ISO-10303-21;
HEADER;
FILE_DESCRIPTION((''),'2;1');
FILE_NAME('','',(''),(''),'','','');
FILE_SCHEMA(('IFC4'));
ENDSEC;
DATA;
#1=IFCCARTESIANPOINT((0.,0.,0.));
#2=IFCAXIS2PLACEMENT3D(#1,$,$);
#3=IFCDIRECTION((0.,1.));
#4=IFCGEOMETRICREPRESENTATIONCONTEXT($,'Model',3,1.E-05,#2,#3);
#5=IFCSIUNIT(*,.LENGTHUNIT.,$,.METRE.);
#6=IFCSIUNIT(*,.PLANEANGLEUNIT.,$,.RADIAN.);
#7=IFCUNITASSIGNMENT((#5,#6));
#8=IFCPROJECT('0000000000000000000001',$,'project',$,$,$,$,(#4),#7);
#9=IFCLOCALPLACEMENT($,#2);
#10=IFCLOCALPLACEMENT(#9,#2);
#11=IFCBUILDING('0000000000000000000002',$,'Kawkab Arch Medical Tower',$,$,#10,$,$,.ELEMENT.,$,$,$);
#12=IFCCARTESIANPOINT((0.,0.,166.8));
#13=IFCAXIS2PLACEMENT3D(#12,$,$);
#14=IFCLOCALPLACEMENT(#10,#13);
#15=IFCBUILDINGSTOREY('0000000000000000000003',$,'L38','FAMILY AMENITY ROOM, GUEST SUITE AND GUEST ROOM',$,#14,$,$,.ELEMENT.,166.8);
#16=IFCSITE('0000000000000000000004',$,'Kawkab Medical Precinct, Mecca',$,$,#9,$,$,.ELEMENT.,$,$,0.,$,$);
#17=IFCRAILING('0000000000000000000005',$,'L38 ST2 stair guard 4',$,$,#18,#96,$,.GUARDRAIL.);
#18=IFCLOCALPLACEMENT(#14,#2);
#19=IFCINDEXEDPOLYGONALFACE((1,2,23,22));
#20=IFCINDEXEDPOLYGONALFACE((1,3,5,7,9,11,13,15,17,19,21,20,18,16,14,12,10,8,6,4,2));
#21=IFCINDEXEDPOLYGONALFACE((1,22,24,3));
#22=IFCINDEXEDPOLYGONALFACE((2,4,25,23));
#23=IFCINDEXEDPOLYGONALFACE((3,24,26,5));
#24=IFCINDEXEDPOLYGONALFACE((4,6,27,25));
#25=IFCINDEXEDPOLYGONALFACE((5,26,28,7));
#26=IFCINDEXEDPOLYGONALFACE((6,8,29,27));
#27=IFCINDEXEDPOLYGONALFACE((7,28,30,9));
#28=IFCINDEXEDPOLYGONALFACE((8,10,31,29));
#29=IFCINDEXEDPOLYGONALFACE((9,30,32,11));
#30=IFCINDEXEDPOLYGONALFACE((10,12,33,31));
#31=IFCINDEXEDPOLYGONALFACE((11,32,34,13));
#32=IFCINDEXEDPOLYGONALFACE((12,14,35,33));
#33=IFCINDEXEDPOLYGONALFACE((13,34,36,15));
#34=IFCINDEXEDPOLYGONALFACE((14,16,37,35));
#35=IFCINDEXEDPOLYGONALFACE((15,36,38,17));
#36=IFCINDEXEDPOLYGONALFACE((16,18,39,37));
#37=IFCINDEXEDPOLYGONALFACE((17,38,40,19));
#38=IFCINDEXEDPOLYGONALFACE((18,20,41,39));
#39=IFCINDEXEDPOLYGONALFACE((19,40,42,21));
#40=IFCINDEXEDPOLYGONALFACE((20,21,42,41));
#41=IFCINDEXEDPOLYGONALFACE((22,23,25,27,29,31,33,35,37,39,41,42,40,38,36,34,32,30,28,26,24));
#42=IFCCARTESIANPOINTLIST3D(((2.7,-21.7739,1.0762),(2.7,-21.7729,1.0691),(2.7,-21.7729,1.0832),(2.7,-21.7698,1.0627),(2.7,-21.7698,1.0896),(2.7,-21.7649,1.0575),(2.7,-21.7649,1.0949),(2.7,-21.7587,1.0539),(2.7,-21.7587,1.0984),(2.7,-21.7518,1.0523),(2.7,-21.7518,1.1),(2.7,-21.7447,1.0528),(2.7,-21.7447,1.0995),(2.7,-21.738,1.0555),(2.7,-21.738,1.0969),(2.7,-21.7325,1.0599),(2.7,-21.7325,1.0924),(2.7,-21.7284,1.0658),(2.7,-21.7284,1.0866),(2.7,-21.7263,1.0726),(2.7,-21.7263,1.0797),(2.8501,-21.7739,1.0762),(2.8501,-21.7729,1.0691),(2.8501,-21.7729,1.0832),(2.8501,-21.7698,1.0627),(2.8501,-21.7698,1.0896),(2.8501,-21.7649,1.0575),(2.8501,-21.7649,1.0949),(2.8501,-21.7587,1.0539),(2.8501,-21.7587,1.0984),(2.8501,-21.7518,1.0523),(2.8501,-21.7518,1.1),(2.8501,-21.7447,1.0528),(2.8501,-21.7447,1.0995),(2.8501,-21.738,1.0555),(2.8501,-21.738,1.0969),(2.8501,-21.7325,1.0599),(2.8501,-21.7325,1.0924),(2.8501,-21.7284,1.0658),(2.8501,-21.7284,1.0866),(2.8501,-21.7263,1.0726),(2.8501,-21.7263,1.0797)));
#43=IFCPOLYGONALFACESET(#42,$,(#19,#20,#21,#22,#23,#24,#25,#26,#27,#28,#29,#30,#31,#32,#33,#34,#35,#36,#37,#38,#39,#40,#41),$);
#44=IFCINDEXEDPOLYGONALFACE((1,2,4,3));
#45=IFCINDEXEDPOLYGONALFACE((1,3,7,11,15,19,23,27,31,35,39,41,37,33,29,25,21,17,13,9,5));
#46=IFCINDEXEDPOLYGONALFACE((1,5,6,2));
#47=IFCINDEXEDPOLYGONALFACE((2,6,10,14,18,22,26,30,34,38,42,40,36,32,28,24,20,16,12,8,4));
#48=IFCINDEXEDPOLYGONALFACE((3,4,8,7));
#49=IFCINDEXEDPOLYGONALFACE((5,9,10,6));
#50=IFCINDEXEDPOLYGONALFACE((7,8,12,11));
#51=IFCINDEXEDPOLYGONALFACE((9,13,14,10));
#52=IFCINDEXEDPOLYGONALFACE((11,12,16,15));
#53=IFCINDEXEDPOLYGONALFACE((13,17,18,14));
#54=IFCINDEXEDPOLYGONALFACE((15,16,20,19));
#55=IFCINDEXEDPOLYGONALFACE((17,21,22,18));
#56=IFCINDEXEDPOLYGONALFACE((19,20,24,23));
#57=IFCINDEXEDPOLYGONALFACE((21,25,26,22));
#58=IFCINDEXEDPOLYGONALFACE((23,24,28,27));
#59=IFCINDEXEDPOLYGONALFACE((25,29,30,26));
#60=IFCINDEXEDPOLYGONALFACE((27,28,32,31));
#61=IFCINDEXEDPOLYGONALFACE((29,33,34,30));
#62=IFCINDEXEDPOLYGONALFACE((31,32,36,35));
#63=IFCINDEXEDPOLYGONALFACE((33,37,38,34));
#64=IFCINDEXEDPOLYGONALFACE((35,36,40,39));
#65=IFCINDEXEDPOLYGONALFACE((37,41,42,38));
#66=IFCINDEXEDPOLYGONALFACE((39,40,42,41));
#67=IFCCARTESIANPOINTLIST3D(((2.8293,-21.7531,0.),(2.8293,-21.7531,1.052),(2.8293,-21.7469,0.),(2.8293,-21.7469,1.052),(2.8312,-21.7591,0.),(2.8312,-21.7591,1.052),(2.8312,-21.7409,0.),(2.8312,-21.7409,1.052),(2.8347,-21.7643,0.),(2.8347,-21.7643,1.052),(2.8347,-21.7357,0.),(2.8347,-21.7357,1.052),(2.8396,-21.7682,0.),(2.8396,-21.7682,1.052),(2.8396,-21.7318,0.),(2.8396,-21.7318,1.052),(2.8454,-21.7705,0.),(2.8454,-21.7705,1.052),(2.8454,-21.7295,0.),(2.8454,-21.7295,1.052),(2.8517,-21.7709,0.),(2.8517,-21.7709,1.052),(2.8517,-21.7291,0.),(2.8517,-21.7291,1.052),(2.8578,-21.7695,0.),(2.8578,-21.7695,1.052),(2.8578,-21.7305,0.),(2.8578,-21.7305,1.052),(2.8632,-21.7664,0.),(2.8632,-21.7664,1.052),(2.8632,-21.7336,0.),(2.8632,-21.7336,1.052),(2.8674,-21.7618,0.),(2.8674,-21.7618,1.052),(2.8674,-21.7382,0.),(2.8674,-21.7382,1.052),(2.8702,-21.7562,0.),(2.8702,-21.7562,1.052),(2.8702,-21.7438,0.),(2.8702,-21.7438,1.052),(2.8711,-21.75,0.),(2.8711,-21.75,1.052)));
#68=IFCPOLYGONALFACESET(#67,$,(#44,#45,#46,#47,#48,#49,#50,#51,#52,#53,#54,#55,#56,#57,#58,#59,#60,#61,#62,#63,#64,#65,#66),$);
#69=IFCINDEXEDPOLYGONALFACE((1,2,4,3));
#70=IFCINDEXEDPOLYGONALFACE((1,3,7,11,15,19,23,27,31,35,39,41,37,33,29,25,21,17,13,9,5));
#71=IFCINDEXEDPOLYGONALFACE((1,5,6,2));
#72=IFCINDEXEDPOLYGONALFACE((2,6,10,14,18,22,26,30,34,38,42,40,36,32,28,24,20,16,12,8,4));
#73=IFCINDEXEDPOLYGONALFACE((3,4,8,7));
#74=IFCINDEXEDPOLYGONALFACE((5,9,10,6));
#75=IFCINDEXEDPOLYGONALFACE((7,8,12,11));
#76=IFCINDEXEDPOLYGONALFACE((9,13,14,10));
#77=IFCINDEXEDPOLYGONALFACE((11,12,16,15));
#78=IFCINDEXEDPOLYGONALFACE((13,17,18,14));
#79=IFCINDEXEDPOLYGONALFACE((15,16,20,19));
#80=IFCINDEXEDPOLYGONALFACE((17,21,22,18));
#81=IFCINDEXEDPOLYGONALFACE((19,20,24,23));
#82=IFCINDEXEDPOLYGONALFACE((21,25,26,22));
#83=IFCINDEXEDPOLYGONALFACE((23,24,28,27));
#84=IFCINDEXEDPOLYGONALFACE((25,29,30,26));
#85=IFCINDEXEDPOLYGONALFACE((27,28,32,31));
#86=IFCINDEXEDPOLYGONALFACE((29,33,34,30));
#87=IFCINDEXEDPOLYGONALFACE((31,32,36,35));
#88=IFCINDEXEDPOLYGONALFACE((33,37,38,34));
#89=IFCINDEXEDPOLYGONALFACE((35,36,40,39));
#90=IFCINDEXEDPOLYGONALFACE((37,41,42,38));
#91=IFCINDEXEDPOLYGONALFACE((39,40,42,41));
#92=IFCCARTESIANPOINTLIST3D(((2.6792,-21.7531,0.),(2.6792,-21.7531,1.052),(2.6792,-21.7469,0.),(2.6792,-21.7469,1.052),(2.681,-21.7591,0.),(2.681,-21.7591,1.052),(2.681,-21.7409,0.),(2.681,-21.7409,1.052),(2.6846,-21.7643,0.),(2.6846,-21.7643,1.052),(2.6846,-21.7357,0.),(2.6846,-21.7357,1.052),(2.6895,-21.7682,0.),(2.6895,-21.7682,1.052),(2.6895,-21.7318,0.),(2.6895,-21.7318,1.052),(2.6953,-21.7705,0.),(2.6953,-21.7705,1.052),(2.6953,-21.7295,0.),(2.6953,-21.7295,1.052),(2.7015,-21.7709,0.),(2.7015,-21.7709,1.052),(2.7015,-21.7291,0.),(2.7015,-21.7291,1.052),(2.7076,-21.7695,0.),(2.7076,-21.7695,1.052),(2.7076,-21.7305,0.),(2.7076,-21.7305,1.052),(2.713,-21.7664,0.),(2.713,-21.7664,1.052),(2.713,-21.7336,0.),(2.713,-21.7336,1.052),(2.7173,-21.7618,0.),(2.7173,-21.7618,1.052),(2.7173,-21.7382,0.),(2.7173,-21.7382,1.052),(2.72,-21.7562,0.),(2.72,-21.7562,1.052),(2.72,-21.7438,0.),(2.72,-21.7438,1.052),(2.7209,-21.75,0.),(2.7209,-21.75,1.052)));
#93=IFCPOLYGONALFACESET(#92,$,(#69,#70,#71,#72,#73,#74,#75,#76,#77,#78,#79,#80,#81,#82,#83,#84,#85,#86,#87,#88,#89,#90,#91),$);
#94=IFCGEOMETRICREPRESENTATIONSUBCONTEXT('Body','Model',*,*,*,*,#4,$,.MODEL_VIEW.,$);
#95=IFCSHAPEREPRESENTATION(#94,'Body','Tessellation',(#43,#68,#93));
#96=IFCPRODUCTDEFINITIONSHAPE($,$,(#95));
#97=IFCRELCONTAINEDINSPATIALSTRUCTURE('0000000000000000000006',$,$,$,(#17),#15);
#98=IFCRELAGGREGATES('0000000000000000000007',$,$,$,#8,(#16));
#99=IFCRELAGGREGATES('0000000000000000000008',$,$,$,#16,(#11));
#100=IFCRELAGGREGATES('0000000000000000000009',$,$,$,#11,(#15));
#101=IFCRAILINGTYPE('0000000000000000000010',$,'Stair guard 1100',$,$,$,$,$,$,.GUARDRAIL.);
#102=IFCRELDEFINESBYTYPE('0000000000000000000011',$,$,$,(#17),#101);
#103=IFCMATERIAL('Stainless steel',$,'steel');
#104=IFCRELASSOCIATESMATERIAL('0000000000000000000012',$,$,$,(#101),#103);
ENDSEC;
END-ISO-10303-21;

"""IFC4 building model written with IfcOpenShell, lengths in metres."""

from ifc_helpers import new_model, si_unit, direction, frame, origin, origin_2d, place, context, subcontext, project, spatial, circle, extrude, material, type_object, element, save


model = new_model("IFC4")

# Units and contexts
model_context = context("Model", 3, precision=1e-05, world=origin(), true_north=direction((0.0, 1.0)))
body_context = subcontext(model_context, "Body", "Model", "MODEL_VIEW")
ifc_project = project(units=[si_unit("LENGTHUNIT", "METRE"), si_unit("PLANEANGLEUNIT", "RADIAN")], contexts=[model_context])

# Site, building, storey
site_placement = place(None, origin())
site = spatial("IfcSite", under=ifc_project, at=site_placement, Name="Kawkab Medical Precinct, Mecca", CompositionType="ELEMENT", RefElevation=0.0)
building_placement = place(site_placement, origin())
building = spatial("IfcBuilding", under=site, at=building_placement, Name="Kawkab Arch Medical Tower", CompositionType="ELEMENT")
storey_placement = place(building_placement, frame((0.0, 0.0, 166.8)))
storey = spatial("IfcBuildingStorey", under=building, at=storey_placement, Name="L38", Description="FAMILY AMENITY ROOM, GUEST SUITE AND GUEST ROOM", CompositionType="ELEMENT", Elevation=166.8)

# Railing
ifc_material_1 = material(Name="Stainless steel", Category="steel")
railing_type = type_object("IfcRailingType", Name="Stair guard 1100", PredefinedType="GUARDRAIL", material=ifc_material_1)
railing_1_placement = place(storey_placement, frame((2.8501, -21.75, 0.0)))
element("IfcRailing", 1, at=railing_1_placement, inside=storey, type_object=railing_type, Name="L38 ST2 stair guard 4", PredefinedType="GUARDRAIL", context=body_context, shape_type="SweptSolid", body=[
    extrude(circle(Radius=0.0239, at=origin_2d()), frame((0.0, 0.0, 1.0762), z_axis=(-1.0, 0.0, 0.0), x_axis=(0.0, -1.0, 0.0)), (0.0, 0.0, 1.0), 0.1501),
    extrude(circle(Radius=0.021, at=origin_2d()), origin(), (0.0, 0.0, 1.0), 1.052),
    extrude(circle(Radius=0.021, at=origin_2d()), frame((-0.1501, 0.0, 0.0)), (0.0, 0.0, 1.0), 1.052),
])

save(model, "model.ifc")
